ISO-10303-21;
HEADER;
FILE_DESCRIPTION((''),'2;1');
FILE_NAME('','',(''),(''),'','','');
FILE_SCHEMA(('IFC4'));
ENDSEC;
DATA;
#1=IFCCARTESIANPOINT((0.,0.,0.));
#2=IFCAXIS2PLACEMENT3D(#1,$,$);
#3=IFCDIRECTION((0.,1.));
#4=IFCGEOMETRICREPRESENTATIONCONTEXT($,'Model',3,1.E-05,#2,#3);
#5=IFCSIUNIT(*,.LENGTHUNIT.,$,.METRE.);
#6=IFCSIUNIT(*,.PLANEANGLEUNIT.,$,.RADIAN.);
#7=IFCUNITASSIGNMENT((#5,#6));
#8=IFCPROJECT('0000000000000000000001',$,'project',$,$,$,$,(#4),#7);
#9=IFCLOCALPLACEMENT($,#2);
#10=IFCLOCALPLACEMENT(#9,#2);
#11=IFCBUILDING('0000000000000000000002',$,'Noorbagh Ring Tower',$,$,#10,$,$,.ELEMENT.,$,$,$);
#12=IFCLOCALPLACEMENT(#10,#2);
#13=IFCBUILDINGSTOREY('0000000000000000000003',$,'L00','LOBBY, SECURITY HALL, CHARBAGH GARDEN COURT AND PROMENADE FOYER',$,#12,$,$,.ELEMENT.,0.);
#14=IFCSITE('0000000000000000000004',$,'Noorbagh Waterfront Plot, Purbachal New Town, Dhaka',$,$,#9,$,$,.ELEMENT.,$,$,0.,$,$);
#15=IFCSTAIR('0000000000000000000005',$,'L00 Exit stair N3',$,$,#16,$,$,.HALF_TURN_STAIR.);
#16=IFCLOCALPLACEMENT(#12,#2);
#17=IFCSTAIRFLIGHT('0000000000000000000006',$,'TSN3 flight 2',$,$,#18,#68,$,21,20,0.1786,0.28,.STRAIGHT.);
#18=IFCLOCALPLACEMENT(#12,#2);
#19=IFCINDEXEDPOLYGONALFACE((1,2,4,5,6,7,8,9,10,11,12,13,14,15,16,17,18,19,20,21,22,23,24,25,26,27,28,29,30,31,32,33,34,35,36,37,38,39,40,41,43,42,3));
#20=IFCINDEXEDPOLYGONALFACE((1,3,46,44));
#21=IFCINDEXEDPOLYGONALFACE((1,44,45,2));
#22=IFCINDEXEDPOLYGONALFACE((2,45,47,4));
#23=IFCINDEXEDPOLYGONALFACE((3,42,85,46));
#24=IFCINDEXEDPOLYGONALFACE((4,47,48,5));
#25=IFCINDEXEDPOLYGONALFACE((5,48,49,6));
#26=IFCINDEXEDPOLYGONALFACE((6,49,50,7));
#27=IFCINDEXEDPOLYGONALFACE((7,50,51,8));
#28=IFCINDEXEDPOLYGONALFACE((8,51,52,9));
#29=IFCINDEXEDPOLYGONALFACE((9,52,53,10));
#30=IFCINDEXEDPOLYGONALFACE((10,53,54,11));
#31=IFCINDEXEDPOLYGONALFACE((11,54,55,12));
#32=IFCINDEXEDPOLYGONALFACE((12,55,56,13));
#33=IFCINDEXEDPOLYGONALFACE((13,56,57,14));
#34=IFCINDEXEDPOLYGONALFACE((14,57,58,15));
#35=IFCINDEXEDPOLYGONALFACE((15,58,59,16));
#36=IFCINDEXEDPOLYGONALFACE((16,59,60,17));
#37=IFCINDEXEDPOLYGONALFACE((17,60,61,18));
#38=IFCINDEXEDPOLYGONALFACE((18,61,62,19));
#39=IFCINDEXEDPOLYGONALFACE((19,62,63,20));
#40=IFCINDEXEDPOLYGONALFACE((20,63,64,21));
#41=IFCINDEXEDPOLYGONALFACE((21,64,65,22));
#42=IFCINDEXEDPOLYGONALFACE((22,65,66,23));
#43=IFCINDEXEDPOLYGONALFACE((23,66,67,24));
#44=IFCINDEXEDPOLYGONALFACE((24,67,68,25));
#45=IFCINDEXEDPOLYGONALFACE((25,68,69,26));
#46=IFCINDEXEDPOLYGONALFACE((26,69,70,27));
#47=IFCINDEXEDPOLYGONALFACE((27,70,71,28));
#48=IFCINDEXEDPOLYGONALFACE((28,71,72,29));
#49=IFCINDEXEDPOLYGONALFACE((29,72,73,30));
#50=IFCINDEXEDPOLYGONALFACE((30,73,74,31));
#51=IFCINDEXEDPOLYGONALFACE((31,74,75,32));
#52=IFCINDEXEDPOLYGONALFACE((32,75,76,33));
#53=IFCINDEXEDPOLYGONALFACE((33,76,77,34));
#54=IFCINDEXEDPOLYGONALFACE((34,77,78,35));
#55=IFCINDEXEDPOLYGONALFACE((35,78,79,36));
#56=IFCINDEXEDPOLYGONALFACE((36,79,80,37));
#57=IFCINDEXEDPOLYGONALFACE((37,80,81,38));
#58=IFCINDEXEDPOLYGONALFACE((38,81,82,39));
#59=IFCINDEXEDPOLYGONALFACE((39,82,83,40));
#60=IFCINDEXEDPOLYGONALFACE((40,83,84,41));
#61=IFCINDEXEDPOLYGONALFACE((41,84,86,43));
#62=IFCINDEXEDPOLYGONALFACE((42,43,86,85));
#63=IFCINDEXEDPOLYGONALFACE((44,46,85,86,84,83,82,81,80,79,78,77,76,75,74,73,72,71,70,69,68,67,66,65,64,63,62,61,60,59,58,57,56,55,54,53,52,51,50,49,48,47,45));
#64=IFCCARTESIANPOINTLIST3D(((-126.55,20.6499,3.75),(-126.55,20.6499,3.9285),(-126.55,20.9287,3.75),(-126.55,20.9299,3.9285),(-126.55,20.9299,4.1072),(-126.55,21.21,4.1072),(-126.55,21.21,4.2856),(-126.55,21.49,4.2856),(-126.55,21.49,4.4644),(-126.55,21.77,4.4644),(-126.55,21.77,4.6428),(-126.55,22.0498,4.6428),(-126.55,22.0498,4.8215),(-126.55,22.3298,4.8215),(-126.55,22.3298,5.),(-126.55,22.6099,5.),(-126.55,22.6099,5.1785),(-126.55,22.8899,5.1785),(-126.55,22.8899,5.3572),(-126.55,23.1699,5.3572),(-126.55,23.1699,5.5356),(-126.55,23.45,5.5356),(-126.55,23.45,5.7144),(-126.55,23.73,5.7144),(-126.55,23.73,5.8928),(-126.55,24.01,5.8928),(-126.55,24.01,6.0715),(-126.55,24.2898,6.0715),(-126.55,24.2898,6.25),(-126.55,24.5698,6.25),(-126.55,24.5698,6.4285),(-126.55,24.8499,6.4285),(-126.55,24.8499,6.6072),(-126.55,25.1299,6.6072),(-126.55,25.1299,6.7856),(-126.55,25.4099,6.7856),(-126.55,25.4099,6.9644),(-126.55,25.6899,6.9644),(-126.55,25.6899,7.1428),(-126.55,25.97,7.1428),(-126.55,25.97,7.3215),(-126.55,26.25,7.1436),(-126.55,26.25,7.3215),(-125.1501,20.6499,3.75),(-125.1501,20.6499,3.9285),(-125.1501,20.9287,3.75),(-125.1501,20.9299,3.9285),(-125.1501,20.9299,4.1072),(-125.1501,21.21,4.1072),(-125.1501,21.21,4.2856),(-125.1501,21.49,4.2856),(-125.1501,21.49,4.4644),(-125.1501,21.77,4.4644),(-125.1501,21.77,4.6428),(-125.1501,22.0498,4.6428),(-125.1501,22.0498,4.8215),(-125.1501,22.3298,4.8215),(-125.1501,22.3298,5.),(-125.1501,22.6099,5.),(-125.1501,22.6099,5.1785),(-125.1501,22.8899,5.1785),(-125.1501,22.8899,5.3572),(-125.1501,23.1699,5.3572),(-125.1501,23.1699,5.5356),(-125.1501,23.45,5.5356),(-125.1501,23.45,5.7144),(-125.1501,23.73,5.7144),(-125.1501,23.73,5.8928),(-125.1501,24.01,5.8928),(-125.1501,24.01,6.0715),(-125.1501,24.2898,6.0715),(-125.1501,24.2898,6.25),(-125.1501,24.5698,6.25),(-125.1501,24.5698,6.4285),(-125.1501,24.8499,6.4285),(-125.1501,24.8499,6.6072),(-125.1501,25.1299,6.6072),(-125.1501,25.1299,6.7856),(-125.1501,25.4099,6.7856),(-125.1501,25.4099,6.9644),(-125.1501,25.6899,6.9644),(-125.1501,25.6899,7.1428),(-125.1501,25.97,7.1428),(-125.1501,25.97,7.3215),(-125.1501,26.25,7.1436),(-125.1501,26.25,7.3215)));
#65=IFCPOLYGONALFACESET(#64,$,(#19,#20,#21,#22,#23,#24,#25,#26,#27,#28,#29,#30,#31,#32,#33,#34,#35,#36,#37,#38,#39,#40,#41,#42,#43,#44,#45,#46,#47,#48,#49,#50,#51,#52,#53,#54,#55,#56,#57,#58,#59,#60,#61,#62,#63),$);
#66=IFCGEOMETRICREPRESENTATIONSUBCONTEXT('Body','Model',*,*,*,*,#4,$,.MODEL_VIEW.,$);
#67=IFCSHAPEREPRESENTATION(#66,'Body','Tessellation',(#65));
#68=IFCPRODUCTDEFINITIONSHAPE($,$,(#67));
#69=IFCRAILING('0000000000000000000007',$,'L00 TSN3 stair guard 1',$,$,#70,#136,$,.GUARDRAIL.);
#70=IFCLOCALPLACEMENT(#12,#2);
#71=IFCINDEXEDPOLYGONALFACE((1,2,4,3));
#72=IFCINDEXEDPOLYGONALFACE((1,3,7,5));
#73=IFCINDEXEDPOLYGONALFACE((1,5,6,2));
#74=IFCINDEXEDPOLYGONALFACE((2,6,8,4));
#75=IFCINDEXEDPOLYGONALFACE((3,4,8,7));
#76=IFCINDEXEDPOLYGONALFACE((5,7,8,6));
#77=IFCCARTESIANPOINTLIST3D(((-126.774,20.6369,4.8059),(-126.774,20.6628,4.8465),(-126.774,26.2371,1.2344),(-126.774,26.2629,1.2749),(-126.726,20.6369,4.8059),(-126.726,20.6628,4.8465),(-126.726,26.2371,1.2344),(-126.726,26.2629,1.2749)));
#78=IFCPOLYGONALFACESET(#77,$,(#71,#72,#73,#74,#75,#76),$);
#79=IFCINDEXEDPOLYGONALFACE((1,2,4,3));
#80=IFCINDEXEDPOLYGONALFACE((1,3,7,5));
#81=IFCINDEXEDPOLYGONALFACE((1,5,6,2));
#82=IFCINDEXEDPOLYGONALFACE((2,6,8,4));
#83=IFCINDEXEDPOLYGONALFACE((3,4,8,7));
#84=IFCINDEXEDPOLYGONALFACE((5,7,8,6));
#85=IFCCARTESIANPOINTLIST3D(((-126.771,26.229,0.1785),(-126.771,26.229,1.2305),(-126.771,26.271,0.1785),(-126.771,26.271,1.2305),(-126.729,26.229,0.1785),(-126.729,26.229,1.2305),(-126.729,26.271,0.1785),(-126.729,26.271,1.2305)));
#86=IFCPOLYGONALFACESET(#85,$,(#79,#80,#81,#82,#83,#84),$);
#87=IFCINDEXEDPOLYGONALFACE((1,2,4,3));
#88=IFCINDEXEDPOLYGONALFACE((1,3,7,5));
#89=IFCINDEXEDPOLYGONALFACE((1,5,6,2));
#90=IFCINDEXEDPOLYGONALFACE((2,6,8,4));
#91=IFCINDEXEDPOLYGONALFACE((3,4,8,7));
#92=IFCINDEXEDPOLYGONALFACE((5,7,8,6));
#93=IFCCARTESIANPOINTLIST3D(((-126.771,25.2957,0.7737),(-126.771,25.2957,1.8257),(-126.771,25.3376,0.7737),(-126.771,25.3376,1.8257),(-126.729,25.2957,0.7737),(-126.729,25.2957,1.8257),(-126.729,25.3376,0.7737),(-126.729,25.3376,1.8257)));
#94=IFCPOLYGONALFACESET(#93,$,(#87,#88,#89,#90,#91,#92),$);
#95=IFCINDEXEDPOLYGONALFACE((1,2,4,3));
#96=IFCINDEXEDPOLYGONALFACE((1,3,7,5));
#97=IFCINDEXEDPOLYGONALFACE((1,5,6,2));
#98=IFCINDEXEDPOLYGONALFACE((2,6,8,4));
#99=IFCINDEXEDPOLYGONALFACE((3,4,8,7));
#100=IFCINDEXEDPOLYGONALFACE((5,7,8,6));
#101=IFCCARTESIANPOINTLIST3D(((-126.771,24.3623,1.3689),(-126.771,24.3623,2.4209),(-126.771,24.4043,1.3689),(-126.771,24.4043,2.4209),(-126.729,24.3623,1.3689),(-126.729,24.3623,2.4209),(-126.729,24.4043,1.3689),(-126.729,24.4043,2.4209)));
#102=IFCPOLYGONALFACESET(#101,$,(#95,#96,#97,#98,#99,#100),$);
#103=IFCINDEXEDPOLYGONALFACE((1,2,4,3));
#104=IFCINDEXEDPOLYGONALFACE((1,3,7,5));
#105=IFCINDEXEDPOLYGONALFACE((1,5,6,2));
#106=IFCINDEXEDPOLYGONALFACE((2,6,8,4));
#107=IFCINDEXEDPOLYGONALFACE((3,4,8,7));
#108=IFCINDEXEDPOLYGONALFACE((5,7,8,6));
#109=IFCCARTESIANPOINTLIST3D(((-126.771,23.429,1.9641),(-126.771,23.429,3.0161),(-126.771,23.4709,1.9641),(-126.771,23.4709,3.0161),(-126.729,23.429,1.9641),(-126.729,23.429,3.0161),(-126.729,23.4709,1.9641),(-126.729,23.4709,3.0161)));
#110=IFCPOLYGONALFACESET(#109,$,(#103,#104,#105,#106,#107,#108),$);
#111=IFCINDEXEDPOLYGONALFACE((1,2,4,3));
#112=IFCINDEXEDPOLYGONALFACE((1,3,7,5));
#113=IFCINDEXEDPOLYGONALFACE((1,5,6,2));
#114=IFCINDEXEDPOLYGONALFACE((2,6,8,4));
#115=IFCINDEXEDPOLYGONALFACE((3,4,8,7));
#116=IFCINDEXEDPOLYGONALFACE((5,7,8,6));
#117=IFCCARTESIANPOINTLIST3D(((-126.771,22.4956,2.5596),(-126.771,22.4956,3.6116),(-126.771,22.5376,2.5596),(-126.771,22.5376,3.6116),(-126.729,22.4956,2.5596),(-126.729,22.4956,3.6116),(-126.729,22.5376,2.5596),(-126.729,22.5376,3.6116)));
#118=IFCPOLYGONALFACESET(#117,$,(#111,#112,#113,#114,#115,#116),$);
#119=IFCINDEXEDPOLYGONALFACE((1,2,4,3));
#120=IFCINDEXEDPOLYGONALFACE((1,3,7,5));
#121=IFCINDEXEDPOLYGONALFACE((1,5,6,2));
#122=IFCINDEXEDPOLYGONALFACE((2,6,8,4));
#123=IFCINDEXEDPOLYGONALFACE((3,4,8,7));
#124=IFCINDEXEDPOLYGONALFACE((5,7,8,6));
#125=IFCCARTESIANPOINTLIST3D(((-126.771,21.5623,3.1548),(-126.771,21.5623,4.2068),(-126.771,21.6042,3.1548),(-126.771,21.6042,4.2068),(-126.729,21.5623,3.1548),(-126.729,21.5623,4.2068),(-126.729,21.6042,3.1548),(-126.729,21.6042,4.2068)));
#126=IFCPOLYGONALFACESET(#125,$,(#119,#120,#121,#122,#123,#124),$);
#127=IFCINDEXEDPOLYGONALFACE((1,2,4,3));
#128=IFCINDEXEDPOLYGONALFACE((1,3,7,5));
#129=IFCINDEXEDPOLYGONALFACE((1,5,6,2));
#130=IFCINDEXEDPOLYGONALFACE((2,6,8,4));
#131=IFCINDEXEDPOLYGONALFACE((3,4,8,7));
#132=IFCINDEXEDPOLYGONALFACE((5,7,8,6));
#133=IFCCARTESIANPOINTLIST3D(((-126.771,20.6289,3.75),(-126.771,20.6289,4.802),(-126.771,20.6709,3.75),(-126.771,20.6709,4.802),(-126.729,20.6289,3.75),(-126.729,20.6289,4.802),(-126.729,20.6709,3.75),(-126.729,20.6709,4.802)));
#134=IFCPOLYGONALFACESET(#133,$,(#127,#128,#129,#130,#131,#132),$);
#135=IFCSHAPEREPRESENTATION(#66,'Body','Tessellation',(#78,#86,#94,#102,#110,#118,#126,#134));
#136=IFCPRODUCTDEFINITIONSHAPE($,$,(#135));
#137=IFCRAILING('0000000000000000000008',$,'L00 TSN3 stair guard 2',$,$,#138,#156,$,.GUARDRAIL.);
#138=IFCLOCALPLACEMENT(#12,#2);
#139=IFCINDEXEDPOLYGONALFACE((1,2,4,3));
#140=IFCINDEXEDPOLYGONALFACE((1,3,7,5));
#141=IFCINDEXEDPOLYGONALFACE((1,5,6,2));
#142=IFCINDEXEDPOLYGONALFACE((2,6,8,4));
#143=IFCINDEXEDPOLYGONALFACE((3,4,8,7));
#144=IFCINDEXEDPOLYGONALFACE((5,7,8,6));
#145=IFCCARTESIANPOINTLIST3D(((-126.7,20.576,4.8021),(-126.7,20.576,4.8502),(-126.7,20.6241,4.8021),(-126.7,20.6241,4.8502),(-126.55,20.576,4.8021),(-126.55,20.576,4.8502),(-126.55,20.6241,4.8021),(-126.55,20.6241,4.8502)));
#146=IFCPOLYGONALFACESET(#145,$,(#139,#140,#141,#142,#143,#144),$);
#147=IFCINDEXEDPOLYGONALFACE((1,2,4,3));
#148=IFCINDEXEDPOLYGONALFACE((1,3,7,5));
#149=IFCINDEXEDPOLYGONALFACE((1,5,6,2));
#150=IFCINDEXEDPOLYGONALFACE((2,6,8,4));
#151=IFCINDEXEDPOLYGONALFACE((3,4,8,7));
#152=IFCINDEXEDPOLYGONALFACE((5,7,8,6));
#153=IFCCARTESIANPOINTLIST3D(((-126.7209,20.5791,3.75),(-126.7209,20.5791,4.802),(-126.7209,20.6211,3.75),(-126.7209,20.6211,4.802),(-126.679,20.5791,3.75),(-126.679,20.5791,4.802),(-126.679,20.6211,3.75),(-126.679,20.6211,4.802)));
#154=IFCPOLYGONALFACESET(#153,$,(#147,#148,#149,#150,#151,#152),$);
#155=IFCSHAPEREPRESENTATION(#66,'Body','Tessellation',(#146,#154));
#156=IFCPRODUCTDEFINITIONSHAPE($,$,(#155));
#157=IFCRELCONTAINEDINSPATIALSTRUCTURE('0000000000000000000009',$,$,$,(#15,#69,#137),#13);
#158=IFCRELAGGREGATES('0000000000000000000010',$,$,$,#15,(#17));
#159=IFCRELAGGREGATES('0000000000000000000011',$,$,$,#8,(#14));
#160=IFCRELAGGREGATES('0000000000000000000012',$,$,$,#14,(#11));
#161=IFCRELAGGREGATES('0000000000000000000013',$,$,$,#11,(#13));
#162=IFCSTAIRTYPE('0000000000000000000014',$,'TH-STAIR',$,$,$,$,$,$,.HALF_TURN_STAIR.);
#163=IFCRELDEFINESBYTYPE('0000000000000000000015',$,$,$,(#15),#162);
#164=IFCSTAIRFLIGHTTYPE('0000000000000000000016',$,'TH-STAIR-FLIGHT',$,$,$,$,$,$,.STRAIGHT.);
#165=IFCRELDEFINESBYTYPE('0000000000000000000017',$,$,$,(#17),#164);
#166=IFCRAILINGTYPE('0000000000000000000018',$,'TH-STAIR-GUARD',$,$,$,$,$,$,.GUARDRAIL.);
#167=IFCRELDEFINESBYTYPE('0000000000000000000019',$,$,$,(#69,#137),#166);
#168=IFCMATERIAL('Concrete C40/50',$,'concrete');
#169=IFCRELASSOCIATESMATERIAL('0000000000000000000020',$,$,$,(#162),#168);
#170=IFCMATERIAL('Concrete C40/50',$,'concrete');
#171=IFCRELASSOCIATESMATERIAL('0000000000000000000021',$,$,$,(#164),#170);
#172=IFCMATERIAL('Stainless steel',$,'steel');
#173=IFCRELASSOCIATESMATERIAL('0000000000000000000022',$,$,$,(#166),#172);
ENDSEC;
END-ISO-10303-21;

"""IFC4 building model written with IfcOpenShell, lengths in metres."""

from ifc_helpers import new_model, si_unit, direction, frame, origin, origin_2d, place, context, subcontext, project, spatial, polyline, rectangle, outline, extrude, material, type_object, element, aggregate, save


model = new_model("IFC4")

# Units and contexts
model_context = context("Model", 3, precision=1e-05, world=origin(), true_north=direction((0.0, 1.0)))
body_context = subcontext(model_context, "Body", "Model", "MODEL_VIEW")
ifc_project = project(units=[si_unit("LENGTHUNIT", "METRE"), si_unit("PLANEANGLEUNIT", "RADIAN")], contexts=[model_context])

# Site, building, storey
site_placement = place(None, origin())
site = spatial("IfcSite", under=ifc_project, at=site_placement, Name="Noorbagh Waterfront Plot, Purbachal New Town, Dhaka", CompositionType="ELEMENT", RefElevation=0.0)
building_placement = place(site_placement, origin())
building = spatial("IfcBuilding", under=site, at=building_placement, Name="Noorbagh Ring Tower", CompositionType="ELEMENT")
storey_placement = place(building_placement, origin())
storey = spatial("IfcBuildingStorey", under=building, at=storey_placement, Name="L00", Description="LOBBY, SECURITY HALL, CHARBAGH GARDEN COURT AND PROMENADE FOYER", CompositionType="ELEMENT", Elevation=0.0)

# Stair, stair flight
ifc_material_1 = material(Name="Concrete C40/50", Category="concrete")
stair_type = type_object("IfcStairType", Name="TH-STAIR", PredefinedType="HALF_TURN_STAIR", material=ifc_material_1)
stair_placement = place(storey_placement, origin())
stair = element("IfcStair", 1, at=stair_placement, inside=storey, type_object=stair_type, Name="L00 Exit stair N3", PredefinedType="HALF_TURN_STAIR")
ifc_material_2 = material(Name="Concrete C40/50", Category="concrete")
stair_flight_type = type_object("IfcStairFlightType", Name="TH-STAIR-FLIGHT", PredefinedType="STRAIGHT", material=ifc_material_2)
stair_flight_1_placement = place(storey_placement, frame((-125.8501, 20.6499, 3.75), z_axis=(0.0, 0.0, 1.0), x_axis=(0.0, 1.0, 0.0)))
stair_flight_1 = element("IfcStairFlight", 2, at=stair_flight_1_placement, type_object=stair_flight_type, Name="TSN3 flight 2", NumberOfRisers=21, NumberOfTreads=20, PredefinedType="STRAIGHT", RiserHeight=0.1786, TreadLength=0.28, context=body_context, shape_type="SweptSolid", body=[
    extrude(outline(polyline([(0.0, 0.0), (0.0, 0.1785), (0.28, 0.1785), (0.28, 0.3572), (0.5601, 0.3572), (0.5601, 0.5356), (0.8401, 0.5356), (0.8401, 0.7144), (1.1201, 0.7144), (1.1201, 0.8928), (1.3999, 0.8928), (1.3999, 1.0715), (1.6799, 1.0715), (1.6799, 1.25), (1.96, 1.25), (1.96, 1.4285), (2.24, 1.4285), (2.24, 1.6072), (2.52, 1.6072), (2.52, 1.7856), (2.8, 1.7856), (2.8, 1.9644), (3.0801, 1.9644), (3.0801, 2.1428), (3.3601, 2.1428), (3.3601, 2.3215), (3.6399, 2.3215), (3.6399, 2.5), (3.9199, 2.5), (3.9199, 2.6785), (4.2, 2.6785), (4.2, 2.8572), (4.48, 2.8572), (4.48, 3.0356), (4.76, 3.0356), (4.76, 3.2144), (5.04, 3.2144), (5.04, 3.3928), (5.3201, 3.3928), (5.3201, 3.5715), (5.6001, 3.5715), (5.6001, 3.75), (5.6001, 3.3936), (0.2788, 0.0), (0.0, 0.0)])), frame((0.0, 0.7, 0.0), z_axis=(0.0, -1.0, 0.0), x_axis=(1.0, 0.0, 0.0)), (0.0, 0.0, 1.0), 1.3999),
])
aggregate(stair, [stair_flight_1])

# Railings
ifc_material_3 = material(Name="Stainless steel", Category="steel")
railing_type_1 = type_object("IfcRailingType", Name="TH-STAIR-GUARD", PredefinedType="GUARDRAIL", material=ifc_material_3)
railing_1_placement = place(storey_placement, frame((-126.75, 26.25, 0.1785)))
element("IfcRailing", 3, at=railing_1_placement, inside=storey, type_object=railing_type_1, Name="L00 TSN3 stair guard 1", PredefinedType="GUARDRAIL", context=body_context, shape_type="SweptSolid", body=[
    extrude(rectangle(XDim=0.0481, YDim=0.0481, at=origin_2d()), frame((0.0, 0.0, 1.0762), z_axis=(0.0, -0.843127, 0.537715), x_axis=(1.0, 0.0, 0.0)), (0.0, 0.0, 1.0), 6.6421),
    extrude(rectangle(XDim=0.042, YDim=0.042, at=origin_2d()), origin(), (0.0, 0.0, 1.0), 1.052),
    extrude(rectangle(XDim=0.042, YDim=0.042, at=origin_2d()), frame((0.0, -0.9333, 0.5952)), (0.0, 0.0, 1.0), 1.052),
    extrude(rectangle(XDim=0.042, YDim=0.042, at=origin_2d()), frame((0.0, -1.8667, 1.1904)), (0.0, 0.0, 1.0), 1.052),
    extrude(rectangle(XDim=0.042, YDim=0.042, at=origin_2d()), frame((0.0, -2.8, 1.7856)), (0.0, 0.0, 1.0), 1.052),
    extrude(rectangle(XDim=0.042, YDim=0.042, at=origin_2d()), frame((0.0, -3.7334, 2.3811)), (0.0, 0.0, 1.0), 1.052),
    extrude(rectangle(XDim=0.042, YDim=0.042, at=origin_2d()), frame((0.0, -4.6667, 2.9763)), (0.0, 0.0, 1.0), 1.052),
    extrude(rectangle(XDim=0.042, YDim=0.042, at=origin_2d()), frame((0.0, -5.6001, 3.5715)), (0.0, 0.0, 1.0), 1.052),
])
railing_2_placement = place(storey_placement, frame((-126.7, 20.6001, 3.75)))
element("IfcRailing", 4, at=railing_2_placement, inside=storey, type_object=railing_type_1, Name="L00 TSN3 stair guard 2", PredefinedType="GUARDRAIL", context=body_context, shape_type="SweptSolid", body=[
    extrude(rectangle(XDim=0.0481, YDim=0.0481, at=origin_2d()), frame((0.0, 0.0, 1.0762), z_axis=(1.0, 0.0, 0.0), x_axis=(0.0, 1.0, 0.0)), (0.0, 0.0, 1.0), 0.1499),
    extrude(rectangle(XDim=0.042, YDim=0.042, at=origin_2d()), origin(), (0.0, 0.0, 1.0), 1.052),
])

save(model, "model.ifc")
